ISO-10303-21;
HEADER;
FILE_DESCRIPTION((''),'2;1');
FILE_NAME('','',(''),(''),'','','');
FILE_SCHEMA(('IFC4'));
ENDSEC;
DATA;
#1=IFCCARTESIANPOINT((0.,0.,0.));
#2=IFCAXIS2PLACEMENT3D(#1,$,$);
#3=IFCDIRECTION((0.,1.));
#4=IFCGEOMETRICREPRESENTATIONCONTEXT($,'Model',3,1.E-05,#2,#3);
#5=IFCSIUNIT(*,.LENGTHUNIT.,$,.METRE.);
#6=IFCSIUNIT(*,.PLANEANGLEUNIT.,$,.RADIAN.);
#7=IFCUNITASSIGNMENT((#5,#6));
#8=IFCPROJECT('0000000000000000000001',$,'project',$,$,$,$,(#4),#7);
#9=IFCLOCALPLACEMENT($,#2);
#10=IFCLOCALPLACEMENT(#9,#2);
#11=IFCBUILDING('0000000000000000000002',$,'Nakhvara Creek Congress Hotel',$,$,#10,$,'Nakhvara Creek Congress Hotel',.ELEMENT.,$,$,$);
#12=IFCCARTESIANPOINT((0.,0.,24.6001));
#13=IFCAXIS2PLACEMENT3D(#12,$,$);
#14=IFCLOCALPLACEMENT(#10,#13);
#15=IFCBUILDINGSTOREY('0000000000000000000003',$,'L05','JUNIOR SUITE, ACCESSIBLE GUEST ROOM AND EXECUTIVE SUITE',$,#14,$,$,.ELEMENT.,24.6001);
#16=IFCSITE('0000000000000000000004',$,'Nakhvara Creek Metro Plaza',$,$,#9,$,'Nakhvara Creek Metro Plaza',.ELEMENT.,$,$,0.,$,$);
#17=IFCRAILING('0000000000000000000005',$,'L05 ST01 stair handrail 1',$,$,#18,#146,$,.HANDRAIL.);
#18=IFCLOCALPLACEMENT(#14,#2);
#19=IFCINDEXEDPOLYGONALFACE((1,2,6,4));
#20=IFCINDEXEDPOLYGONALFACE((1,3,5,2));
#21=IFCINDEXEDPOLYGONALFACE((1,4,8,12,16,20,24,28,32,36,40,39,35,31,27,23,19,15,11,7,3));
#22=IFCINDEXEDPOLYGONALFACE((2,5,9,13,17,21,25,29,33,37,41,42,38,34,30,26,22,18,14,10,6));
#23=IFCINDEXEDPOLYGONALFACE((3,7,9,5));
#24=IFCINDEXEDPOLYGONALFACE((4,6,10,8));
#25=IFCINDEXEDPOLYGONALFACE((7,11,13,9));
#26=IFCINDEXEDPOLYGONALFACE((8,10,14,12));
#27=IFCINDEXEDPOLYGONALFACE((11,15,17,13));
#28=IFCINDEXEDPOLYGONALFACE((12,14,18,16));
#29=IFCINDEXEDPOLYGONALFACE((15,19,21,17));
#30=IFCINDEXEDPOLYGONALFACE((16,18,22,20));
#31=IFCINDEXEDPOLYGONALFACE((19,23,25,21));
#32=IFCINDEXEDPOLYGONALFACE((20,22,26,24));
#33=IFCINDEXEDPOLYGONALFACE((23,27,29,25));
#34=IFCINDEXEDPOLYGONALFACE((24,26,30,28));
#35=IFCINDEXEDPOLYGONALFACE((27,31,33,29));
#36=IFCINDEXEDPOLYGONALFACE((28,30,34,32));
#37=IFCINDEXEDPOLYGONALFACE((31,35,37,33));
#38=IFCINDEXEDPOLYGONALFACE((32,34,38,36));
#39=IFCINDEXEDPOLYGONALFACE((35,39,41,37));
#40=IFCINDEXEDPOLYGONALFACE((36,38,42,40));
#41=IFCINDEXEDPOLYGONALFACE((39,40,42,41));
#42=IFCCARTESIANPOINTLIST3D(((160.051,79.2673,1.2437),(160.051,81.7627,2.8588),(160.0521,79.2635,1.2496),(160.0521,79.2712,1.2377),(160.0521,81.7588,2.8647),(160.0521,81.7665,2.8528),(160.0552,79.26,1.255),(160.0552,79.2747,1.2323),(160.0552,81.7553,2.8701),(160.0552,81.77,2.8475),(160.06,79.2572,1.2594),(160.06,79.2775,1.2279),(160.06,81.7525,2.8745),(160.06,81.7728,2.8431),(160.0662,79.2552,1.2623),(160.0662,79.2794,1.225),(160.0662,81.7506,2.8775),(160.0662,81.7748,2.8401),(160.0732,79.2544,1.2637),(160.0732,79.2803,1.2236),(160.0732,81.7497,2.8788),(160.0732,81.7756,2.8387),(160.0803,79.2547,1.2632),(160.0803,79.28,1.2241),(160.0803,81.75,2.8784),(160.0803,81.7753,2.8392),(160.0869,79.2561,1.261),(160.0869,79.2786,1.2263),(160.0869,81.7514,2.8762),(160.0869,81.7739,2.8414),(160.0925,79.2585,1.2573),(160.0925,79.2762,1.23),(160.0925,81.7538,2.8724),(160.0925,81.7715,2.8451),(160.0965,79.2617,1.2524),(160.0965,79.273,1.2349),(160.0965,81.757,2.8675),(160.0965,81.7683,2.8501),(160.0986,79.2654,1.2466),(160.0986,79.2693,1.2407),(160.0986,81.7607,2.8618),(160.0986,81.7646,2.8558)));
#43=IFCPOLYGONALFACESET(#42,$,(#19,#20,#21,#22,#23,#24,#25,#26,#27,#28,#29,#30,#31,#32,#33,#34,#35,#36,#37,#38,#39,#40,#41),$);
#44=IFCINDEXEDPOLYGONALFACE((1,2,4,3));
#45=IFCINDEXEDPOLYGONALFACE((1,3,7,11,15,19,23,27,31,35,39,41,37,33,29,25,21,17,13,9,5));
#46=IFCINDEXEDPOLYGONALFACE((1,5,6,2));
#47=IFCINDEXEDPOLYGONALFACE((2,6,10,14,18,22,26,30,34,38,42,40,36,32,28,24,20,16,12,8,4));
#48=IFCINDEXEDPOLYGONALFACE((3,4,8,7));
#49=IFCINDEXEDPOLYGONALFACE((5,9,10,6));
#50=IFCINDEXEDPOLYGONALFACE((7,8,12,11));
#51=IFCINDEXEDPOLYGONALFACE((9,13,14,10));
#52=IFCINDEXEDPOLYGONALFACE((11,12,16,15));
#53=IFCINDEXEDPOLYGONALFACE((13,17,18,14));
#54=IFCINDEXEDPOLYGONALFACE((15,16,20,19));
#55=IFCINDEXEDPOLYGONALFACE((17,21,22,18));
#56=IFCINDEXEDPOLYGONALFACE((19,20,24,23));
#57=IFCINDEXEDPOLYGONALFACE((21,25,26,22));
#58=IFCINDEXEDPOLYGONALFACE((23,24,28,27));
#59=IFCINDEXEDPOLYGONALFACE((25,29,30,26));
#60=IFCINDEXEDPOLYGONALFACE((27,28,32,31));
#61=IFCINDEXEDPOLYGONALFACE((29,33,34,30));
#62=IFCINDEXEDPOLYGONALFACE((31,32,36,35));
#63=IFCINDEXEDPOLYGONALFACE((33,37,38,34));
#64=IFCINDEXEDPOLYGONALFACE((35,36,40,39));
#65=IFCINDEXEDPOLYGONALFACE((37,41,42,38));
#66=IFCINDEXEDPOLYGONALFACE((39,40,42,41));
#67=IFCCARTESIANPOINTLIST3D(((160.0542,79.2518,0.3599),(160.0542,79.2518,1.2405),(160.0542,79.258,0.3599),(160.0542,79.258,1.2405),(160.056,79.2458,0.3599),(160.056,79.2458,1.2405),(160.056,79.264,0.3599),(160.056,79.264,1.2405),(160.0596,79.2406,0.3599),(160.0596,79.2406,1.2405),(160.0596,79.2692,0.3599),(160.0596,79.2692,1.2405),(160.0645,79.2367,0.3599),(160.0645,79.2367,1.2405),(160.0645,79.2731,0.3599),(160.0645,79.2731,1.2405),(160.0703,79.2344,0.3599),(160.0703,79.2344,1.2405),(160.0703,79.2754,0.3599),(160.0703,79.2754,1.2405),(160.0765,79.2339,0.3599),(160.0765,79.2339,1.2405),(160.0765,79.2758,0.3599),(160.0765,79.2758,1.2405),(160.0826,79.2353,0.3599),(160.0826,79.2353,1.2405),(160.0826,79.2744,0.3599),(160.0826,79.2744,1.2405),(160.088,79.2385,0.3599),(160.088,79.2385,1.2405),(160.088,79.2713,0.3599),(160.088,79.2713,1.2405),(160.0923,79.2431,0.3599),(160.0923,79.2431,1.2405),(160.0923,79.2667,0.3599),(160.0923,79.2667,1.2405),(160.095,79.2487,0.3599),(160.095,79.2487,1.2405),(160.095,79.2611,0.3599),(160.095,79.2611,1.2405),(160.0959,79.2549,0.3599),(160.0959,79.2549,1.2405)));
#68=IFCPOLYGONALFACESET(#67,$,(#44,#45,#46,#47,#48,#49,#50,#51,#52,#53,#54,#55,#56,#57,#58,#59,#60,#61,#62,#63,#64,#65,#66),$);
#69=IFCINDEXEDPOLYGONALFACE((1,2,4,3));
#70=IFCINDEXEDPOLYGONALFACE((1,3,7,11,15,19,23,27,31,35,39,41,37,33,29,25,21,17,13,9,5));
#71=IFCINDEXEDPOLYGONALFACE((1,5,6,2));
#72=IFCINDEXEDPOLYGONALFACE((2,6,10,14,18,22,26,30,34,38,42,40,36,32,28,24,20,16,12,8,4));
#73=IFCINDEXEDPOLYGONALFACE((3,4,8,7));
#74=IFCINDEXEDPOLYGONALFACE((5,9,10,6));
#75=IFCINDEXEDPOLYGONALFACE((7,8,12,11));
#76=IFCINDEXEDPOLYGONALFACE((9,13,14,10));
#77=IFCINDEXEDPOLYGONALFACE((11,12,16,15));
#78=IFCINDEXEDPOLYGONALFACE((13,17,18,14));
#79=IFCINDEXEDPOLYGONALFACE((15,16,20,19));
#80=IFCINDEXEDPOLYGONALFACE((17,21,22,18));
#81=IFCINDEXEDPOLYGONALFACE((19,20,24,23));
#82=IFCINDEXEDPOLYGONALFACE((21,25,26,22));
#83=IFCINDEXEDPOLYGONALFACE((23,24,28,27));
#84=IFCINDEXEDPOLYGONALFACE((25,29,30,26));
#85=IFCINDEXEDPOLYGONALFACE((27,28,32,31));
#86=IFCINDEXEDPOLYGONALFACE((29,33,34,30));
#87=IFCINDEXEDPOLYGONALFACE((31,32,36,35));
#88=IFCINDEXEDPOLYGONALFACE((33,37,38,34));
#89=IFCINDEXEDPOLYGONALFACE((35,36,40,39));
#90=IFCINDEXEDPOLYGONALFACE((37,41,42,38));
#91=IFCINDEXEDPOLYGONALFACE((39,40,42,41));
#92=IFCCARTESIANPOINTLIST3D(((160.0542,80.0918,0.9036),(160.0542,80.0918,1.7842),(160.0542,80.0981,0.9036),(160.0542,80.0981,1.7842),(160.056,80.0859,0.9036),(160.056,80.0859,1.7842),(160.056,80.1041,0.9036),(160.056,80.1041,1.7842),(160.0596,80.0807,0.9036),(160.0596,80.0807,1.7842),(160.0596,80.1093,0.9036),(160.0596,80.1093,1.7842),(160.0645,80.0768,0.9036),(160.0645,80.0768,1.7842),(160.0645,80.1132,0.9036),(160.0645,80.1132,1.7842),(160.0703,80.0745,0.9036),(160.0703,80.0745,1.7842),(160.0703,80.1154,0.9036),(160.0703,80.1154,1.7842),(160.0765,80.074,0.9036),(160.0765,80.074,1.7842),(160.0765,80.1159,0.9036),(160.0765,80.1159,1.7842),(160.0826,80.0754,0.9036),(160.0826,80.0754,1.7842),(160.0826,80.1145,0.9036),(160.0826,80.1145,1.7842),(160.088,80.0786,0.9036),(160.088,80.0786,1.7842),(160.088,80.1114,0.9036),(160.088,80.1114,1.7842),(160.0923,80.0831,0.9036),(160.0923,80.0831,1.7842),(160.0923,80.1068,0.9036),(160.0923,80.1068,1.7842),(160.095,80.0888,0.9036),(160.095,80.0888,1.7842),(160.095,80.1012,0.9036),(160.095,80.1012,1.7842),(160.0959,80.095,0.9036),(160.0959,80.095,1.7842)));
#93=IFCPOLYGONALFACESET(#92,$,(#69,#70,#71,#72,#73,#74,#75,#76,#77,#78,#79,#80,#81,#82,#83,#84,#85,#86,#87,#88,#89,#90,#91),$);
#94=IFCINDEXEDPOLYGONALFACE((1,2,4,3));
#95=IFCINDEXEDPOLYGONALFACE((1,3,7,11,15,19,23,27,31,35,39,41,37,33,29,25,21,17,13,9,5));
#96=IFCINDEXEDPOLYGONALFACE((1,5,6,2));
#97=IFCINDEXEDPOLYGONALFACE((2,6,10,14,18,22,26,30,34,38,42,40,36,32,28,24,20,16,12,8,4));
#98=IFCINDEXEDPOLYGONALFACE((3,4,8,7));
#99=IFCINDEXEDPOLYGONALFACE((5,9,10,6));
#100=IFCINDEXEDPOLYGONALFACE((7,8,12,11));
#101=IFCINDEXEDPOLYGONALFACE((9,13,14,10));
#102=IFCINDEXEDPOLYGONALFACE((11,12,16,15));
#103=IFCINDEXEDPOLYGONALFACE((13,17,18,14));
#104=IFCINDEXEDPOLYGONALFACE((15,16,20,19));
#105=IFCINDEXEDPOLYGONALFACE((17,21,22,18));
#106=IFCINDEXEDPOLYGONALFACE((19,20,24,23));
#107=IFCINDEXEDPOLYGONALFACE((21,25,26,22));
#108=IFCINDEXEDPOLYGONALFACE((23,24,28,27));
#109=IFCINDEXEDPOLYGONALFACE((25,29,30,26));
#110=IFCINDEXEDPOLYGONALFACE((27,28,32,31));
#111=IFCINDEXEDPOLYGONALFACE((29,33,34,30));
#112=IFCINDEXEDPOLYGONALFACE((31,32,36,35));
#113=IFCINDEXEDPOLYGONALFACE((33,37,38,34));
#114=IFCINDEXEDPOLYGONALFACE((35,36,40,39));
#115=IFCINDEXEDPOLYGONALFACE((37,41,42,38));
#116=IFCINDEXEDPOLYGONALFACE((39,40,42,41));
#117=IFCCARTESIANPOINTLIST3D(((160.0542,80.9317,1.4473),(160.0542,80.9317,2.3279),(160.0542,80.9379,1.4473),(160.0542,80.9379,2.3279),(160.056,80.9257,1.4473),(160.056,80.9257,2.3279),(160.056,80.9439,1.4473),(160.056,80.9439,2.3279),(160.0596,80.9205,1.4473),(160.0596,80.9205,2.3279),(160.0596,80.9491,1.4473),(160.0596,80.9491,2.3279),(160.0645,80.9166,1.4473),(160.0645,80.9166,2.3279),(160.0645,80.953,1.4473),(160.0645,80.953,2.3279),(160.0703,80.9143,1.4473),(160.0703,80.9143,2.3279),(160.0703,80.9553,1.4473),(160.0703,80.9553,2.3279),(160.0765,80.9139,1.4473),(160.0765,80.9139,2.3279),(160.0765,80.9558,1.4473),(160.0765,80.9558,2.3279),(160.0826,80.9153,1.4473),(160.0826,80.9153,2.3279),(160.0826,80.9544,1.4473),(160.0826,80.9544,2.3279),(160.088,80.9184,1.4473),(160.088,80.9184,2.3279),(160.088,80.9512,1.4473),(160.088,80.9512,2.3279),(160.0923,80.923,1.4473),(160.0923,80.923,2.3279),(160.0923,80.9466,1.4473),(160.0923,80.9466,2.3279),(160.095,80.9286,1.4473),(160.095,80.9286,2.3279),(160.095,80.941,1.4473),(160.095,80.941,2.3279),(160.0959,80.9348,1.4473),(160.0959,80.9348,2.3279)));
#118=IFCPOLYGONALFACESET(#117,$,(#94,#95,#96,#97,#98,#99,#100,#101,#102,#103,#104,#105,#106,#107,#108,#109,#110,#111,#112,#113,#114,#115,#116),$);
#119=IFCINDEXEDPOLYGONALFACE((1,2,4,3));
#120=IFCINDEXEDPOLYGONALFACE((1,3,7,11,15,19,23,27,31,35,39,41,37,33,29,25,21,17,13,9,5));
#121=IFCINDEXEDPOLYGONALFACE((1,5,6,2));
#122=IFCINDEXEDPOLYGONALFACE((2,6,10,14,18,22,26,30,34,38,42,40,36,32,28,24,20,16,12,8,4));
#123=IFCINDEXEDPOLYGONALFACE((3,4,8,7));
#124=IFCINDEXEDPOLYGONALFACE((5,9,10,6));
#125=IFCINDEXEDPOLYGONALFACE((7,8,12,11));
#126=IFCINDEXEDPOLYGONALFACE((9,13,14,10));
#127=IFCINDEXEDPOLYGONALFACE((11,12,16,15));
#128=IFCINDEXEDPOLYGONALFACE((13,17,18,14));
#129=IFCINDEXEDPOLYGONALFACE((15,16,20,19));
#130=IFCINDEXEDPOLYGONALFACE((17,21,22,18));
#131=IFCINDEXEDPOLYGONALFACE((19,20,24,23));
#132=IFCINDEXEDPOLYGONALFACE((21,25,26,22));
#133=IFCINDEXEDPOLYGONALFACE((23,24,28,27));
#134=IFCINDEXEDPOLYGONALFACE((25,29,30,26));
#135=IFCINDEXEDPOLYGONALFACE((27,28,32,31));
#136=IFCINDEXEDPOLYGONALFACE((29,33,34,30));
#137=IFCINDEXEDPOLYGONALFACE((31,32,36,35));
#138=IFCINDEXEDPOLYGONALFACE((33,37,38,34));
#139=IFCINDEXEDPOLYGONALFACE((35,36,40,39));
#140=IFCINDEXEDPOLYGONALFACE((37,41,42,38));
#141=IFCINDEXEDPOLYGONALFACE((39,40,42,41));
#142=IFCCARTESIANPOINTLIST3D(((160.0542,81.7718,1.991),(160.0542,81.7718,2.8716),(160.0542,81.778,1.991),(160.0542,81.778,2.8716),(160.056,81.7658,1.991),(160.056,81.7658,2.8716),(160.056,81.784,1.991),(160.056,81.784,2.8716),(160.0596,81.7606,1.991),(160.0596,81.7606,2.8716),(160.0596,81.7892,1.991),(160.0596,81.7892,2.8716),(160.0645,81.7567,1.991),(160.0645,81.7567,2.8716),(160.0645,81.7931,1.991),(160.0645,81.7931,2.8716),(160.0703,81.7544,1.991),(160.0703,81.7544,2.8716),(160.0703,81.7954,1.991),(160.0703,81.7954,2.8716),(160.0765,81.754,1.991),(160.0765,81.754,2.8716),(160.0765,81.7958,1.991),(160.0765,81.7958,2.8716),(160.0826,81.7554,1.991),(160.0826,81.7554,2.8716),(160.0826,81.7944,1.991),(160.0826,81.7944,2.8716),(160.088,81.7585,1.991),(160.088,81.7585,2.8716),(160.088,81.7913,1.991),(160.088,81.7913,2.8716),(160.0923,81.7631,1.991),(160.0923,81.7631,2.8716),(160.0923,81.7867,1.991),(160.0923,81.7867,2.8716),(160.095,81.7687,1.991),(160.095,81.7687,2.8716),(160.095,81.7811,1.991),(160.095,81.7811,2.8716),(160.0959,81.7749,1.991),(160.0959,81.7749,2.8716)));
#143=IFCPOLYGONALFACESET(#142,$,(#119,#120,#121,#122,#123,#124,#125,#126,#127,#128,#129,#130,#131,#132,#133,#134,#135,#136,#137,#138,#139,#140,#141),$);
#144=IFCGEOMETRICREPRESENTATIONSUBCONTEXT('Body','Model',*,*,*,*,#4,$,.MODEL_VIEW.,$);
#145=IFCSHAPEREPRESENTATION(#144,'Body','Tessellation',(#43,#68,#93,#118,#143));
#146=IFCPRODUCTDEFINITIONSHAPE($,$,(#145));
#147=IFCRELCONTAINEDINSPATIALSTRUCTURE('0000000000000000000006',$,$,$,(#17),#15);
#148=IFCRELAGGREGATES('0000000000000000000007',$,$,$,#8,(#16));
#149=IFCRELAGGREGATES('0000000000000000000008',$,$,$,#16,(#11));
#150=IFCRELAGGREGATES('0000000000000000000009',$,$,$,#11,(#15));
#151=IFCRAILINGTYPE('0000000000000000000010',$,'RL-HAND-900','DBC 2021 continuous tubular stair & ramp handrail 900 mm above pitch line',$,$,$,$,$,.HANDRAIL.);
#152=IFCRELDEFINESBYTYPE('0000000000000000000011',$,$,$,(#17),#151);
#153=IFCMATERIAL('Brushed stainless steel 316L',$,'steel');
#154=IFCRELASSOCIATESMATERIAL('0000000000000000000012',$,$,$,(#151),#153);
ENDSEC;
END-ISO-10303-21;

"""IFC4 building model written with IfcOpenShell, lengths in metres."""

from ifc_helpers import new_model, si_unit, direction, frame, origin, origin_2d, place, context, subcontext, project, spatial, circle, extrude, material, type_object, element, save


model = new_model("IFC4")

# Units and contexts
model_context = context("Model", 3, precision=1e-05, world=origin(), true_north=direction((0.0, 1.0)))
body_context = subcontext(model_context, "Body", "Model", "MODEL_VIEW")
ifc_project = project(units=[si_unit("LENGTHUNIT", "METRE"), si_unit("PLANEANGLEUNIT", "RADIAN")], contexts=[model_context])

# Site, building, storey
site_placement = place(None, origin())
site = spatial("IfcSite", under=ifc_project, at=site_placement, Name="Nakhvara Creek Metro Plaza", LongName="Nakhvara Creek Metro Plaza", CompositionType="ELEMENT", RefElevation=0.0)
building_placement = place(site_placement, origin())
building = spatial("IfcBuilding", under=site, at=building_placement, Name="Nakhvara Creek Congress Hotel", LongName="Nakhvara Creek Congress Hotel", CompositionType="ELEMENT")
storey_placement = place(building_placement, frame((0.0, 0.0, 24.6001)))
storey = spatial("IfcBuildingStorey", under=building, at=storey_placement, Name="L05", Description="JUNIOR SUITE, ACCESSIBLE GUEST ROOM AND EXECUTIVE SUITE", CompositionType="ELEMENT", Elevation=24.6001)

# Railing
ifc_material_1 = material(Name="Brushed stainless steel 316L", Category="steel")
railing_type_1 = type_object("IfcRailingType", Name="RL-HAND-900", Description="DBC 2021 continuous tubular stair & ramp handrail 900 mm above pitch line", PredefinedType="HANDRAIL", material=ifc_material_1)
railing_1_placement = place(storey_placement, frame((160.075, 79.2549, 0.3599)))
element("IfcRailing", 1, at=railing_1_placement, inside=storey, type_object=railing_type_1, Name="L05 ST01 stair handrail 1", PredefinedType="HANDRAIL", context=body_context, shape_type="SweptSolid", body=[
    extrude(circle(Radius=0.0239, at=origin_2d()), frame((0.0, 0.0125, 0.8838), z_axis=(0.0, 0.839494, 0.543369), x_axis=(-1.0, 0.0, 0.0)), (0.0, 0.0, 1.0), 2.9724),
    extrude(circle(Radius=0.021, at=origin_2d()), origin(), (0.0, 0.0, 1.0), 0.8806),
    extrude(circle(Radius=0.021, at=origin_2d()), frame((0.0, 0.8401, 0.5437)), (0.0, 0.0, 1.0), 0.8806),
    extrude(circle(Radius=0.021, at=origin_2d()), frame((0.0, 1.6799, 1.0874)), (0.0, 0.0, 1.0), 0.8806),
    extrude(circle(Radius=0.021, at=origin_2d()), frame((0.0, 2.52, 1.6311)), (0.0, 0.0, 1.0), 0.8806),
])

save(model, "model.ifc")
